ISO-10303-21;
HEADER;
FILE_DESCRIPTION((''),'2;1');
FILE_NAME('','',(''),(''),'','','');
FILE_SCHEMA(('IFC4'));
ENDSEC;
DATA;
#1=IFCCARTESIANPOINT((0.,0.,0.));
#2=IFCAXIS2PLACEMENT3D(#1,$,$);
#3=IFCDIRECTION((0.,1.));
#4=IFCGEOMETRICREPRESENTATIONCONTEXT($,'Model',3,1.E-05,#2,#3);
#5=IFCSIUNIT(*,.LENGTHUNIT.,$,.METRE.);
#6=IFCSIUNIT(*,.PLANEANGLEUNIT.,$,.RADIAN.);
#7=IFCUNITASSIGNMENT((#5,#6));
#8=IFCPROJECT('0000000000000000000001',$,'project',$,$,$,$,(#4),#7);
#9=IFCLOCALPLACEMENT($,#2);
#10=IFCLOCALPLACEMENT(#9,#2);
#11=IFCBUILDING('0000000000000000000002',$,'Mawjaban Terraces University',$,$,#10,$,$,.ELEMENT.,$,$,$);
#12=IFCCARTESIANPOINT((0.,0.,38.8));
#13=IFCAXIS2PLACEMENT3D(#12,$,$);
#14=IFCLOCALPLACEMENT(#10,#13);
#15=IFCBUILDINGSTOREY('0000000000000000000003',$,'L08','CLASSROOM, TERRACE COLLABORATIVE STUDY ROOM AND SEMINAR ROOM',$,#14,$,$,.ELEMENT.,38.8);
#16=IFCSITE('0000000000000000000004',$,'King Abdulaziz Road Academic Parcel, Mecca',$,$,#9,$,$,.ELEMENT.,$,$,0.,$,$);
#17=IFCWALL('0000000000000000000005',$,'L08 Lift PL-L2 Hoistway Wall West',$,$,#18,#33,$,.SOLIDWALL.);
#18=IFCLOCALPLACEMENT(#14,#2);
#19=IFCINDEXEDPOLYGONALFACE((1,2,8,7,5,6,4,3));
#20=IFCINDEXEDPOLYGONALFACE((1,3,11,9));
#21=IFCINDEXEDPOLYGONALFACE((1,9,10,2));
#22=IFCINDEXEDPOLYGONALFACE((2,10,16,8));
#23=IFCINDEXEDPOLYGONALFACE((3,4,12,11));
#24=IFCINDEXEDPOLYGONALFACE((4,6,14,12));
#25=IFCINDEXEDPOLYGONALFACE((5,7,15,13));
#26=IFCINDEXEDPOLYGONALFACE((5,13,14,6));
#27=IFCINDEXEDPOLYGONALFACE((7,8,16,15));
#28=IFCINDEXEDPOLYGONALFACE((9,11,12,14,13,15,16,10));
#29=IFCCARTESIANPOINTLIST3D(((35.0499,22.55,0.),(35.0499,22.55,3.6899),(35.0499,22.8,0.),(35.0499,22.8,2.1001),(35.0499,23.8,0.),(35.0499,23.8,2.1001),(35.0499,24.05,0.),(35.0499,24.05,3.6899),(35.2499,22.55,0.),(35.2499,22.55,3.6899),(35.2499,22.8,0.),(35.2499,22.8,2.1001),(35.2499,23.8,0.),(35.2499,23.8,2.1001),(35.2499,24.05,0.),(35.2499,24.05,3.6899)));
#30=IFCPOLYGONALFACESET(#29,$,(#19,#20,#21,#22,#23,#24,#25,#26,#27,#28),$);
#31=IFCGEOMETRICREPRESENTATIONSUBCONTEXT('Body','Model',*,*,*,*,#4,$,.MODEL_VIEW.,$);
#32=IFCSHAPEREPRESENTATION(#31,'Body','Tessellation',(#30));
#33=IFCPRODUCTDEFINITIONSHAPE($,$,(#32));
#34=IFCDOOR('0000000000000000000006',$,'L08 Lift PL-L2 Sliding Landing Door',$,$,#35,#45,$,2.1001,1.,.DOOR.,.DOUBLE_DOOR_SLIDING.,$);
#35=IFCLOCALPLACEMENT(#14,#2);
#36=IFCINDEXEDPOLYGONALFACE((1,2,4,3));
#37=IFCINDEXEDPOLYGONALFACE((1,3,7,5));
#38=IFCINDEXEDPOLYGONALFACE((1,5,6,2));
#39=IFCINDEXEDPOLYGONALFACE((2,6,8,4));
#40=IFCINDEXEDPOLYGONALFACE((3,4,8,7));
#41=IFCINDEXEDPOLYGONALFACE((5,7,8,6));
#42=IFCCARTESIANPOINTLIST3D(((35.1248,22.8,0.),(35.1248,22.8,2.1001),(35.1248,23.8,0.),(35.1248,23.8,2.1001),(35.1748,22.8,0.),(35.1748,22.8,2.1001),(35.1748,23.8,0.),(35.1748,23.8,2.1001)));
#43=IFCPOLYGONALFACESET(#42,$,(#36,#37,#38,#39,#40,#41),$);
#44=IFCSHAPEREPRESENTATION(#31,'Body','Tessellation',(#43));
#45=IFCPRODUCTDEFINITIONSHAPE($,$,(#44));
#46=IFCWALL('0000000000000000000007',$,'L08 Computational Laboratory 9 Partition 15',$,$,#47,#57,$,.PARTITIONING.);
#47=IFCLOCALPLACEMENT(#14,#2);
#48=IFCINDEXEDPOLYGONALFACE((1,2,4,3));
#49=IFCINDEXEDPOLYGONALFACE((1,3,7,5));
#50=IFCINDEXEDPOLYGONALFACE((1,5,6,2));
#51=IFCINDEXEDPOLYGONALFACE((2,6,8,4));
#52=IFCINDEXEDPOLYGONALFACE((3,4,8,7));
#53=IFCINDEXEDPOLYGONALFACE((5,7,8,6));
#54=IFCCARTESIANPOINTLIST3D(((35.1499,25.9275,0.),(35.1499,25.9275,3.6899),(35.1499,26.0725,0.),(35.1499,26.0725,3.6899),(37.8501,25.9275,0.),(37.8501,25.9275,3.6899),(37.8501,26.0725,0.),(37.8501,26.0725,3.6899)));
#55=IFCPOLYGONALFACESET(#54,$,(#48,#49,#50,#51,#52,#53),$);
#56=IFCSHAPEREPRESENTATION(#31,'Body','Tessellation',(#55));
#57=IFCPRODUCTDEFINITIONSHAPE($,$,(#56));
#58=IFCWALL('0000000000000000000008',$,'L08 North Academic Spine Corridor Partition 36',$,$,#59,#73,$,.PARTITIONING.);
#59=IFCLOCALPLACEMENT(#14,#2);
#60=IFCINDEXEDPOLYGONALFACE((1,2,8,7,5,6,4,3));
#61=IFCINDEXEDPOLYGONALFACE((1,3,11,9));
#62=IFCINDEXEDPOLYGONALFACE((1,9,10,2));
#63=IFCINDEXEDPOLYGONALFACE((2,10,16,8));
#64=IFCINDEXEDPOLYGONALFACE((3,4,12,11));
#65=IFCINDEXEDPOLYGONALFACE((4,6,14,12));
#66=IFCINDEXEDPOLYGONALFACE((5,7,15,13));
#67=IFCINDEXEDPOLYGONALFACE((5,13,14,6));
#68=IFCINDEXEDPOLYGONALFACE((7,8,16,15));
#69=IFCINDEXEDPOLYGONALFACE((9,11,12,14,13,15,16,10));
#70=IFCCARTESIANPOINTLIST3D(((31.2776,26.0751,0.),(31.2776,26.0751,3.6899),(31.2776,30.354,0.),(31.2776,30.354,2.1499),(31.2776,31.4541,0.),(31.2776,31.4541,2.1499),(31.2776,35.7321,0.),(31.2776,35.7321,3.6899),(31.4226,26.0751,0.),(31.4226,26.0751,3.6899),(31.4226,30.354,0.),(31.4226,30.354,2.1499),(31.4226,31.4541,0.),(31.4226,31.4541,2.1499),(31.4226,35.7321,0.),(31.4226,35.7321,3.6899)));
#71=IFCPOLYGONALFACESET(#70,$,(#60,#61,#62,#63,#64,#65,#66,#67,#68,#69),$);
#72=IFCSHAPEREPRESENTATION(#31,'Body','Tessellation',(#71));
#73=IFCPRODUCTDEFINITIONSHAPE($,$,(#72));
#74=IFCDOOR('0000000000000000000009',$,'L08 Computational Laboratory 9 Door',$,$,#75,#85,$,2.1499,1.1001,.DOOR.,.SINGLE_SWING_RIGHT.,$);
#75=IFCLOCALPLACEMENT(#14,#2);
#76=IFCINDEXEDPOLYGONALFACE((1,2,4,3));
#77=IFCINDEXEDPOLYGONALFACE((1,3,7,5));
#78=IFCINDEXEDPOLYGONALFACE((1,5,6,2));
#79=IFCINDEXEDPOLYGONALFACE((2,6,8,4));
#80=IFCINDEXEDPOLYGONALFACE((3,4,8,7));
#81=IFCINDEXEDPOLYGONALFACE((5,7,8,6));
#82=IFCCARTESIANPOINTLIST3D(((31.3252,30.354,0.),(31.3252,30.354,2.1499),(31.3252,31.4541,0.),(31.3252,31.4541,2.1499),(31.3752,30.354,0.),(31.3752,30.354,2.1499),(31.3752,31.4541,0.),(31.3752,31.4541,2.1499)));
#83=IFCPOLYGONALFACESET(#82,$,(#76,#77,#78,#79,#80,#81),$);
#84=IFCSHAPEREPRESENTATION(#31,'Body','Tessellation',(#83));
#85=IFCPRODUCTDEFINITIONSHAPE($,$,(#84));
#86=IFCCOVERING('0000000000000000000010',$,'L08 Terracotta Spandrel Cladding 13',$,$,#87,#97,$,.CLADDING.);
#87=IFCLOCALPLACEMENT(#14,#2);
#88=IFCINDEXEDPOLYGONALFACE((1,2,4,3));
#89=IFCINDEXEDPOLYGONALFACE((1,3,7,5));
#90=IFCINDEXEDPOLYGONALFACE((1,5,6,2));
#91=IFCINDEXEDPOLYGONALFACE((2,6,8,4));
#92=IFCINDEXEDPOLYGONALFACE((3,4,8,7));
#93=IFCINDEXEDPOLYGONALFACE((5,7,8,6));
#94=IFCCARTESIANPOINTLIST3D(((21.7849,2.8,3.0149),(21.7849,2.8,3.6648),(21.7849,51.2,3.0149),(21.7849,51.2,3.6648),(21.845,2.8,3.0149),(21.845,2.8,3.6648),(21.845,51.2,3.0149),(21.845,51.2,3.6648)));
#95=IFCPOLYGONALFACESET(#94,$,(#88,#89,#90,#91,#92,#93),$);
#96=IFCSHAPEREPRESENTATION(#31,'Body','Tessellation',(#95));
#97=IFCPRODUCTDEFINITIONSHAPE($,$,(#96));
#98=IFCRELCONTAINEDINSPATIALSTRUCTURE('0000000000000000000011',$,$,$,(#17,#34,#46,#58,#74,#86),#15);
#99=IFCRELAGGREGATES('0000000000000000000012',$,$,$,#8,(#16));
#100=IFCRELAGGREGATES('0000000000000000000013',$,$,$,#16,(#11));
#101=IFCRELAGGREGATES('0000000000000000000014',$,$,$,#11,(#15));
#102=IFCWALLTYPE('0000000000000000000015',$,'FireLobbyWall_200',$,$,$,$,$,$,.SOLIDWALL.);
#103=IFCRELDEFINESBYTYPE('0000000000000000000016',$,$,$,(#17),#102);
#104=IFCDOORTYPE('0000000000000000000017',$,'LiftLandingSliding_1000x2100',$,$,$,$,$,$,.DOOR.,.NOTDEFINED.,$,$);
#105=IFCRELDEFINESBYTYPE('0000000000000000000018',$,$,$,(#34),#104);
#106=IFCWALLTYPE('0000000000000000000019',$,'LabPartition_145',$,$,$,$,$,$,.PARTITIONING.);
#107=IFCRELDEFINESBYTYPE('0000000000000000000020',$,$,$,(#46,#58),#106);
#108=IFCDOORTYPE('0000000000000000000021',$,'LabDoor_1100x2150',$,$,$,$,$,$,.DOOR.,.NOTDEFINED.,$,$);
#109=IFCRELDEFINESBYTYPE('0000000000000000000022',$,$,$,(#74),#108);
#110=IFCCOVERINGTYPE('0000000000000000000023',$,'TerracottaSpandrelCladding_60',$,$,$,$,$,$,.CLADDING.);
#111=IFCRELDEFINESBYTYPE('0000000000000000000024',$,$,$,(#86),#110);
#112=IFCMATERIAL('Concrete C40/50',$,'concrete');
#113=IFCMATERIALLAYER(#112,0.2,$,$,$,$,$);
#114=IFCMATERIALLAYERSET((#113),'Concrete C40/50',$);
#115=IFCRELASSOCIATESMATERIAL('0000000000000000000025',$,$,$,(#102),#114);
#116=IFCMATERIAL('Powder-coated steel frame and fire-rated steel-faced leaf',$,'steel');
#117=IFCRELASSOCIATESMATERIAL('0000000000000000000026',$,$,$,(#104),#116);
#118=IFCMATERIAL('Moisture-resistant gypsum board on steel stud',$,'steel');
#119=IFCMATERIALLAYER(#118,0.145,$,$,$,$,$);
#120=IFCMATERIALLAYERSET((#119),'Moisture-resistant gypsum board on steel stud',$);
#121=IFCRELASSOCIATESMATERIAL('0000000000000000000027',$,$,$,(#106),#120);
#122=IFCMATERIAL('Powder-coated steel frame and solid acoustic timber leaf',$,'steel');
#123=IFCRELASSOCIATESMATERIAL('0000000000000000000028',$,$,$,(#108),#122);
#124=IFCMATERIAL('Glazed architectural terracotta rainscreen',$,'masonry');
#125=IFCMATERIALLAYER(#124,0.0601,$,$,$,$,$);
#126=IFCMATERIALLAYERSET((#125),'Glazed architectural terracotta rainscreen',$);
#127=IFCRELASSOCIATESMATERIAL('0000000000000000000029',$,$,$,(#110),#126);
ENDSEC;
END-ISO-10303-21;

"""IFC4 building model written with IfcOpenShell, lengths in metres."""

from ifc_helpers import new_model, si_unit, direction, frame, frame_2d, origin, origin_2d, place, context, subcontext, project, spatial, rectangle, extrude, material, layer, layer_set, type_object, element, fill, save


model = new_model("IFC4")

# Units and contexts
model_context = context("Model", 3, precision=1e-05, world=origin(), true_north=direction((0.0, 1.0)))
body_context = subcontext(model_context, "Body", "Model", "MODEL_VIEW")
ifc_project = project(units=[si_unit("LENGTHUNIT", "METRE"), si_unit("PLANEANGLEUNIT", "RADIAN")], contexts=[model_context])

# Site, building, storey
site_placement = place(None, origin())
site = spatial("IfcSite", under=ifc_project, at=site_placement, Name="King Abdulaziz Road Academic Parcel, Mecca", CompositionType="ELEMENT", RefElevation=0.0)
building_placement = place(site_placement, origin())
building = spatial("IfcBuilding", under=site, at=building_placement, Name="Mawjaban Terraces University", CompositionType="ELEMENT")
storey_placement = place(building_placement, frame((0.0, 0.0, 38.8)))
storey = spatial("IfcBuildingStorey", under=building, at=storey_placement, Name="L08", Description="CLASSROOM, TERRACE COLLABORATIVE STUDY ROOM AND SEMINAR ROOM", CompositionType="ELEMENT", Elevation=38.8)

# Shared definitions
ifc_material_1 = material(Name="Powder-coated steel frame and solid acoustic timber leaf", Category="steel")

# Wall, opening, door
ifc_material_2 = material(Name="Concrete C40/50", Category="concrete")
ifc_layer_1 = layer(ifc_material_2, 0.2)
ifc_layer_set_1 = layer_set([ifc_layer_1], Name="Concrete C40/50")
wall_type_1 = type_object("IfcWallType", Name="FireLobbyWall_200", PredefinedType="SOLIDWALL", material=ifc_layer_set_1)
wall_1_placement = place(storey_placement, frame((35.1499, 24.05, 0.0), z_axis=(0.0, 0.0, 1.0), x_axis=(0.0, -1.0, 0.0)))
wall_1 = element("IfcWall", 1, at=wall_1_placement, inside=storey, type_object=wall_type_1, Name="L08 Lift PL-L2 Hoistway Wall West", PredefinedType="SOLIDWALL", context=body_context, shape_type="SweptSolid", body=[
    extrude(rectangle(XDim=1.5, YDim=0.2, at=frame_2d((0.75, 0.0))), origin(), (0.0, 0.0, 1.0), 3.6899),
])
opening_1_placement = place(wall_1_placement, frame((0.25, 0.0, 0.0)))
opening_1 = element("IfcOpeningElement", 2, at=opening_1_placement, cuts=wall_1, PredefinedType="OPENING", context=body_context, shape_type="SweptSolid", body=[
    extrude(rectangle(XDim=1.0, YDim=2.1001, at=frame_2d((0.5, 1.05))), frame((0.0, 0.1099, 0.0), z_axis=(0.0, -1.0, 0.0), x_axis=(1.0, 0.0, 0.0)), (0.0, 0.0, 1.0), 0.22),
])
ifc_material_3 = material(Name="Powder-coated steel frame and fire-rated steel-faced leaf", Category="steel")
door_type_1 = type_object("IfcDoorType", Name="LiftLandingSliding_1000x2100", OperationType="NOTDEFINED", PredefinedType="DOOR", material=ifc_material_3)
door_1_placement = place(opening_1_placement, origin())
door_1 = element("IfcDoor", 3, at=door_1_placement, inside=storey, type_object=door_type_1, Name="L08 Lift PL-L2 Sliding Landing Door", OperationType="DOUBLE_DOOR_SLIDING", OverallHeight=2.1001, OverallWidth=1.0, PredefinedType="DOOR", context=body_context, shape_type="SweptSolid", body=[
    extrude(rectangle(XDim=1.0, YDim=2.1001, at=frame_2d((0.5, 1.05))), frame((0.0, 0.0249, 0.0), z_axis=(0.0, -1.0, 0.0), x_axis=(1.0, 0.0, 0.0)), (0.0, 0.0, 1.0), 0.05),
])
fill(opening_1, door_1)

# Wall
ifc_material_4 = material(Name="Moisture-resistant gypsum board on steel stud", Category="steel")
ifc_layer_2 = layer(ifc_material_4, 0.145)
ifc_layer_set_2 = layer_set([ifc_layer_2], Name="Moisture-resistant gypsum board on steel stud")
wall_type_2 = type_object("IfcWallType", Name="LabPartition_145", PredefinedType="PARTITIONING", material=ifc_layer_set_2)
wall_2_placement = place(storey_placement, frame((35.1499, 26.0, 0.0), z_axis=(0.0, 0.0, 1.0), x_axis=(1.0, 0.0, 0.0)))
element("IfcWall", 4, at=wall_2_placement, inside=storey, type_object=wall_type_2, Name="L08 Computational Laboratory 9 Partition 15", PredefinedType="PARTITIONING", context=body_context, shape_type="SweptSolid", body=[
    extrude(rectangle(XDim=2.7002, YDim=0.145, at=frame_2d((1.3501, 0.0))), origin(), (0.0, 0.0, 1.0), 3.6899),
])

# Wall, opening, door
wall_3_placement = place(storey_placement, frame((31.3501, 26.075, 0.0), z_axis=(0.0, 0.0, 1.0), x_axis=(0.0, 1.0, 0.0)))
wall_3 = element("IfcWall", 5, at=wall_3_placement, inside=storey, type_object=wall_type_2, Name="L08 North Academic Spine Corridor Partition 36", PredefinedType="PARTITIONING", context=body_context, shape_type="SweptSolid", body=[
    extrude(rectangle(XDim=9.657, YDim=0.145, at=frame_2d((4.8286, 0.0))), origin(), (0.0, 0.0, 1.0), 3.6899),
])
opening_2_placement = place(wall_3_placement, frame((4.2791, 0.0, 0.0)))
opening_2 = element("IfcOpeningElement", 6, at=opening_2_placement, cuts=wall_3, PredefinedType="OPENING", context=body_context, shape_type="SweptSolid", body=[
    extrude(rectangle(XDim=1.1001, YDim=2.1499, at=frame_2d((0.55, 1.075))), frame((0.0, 0.0825, 0.0), z_axis=(0.0, -1.0, 0.0), x_axis=(1.0, 0.0, 0.0)), (0.0, 0.0, 1.0), 0.165),
])
door_type_2 = type_object("IfcDoorType", Name="LabDoor_1100x2150", OperationType="NOTDEFINED", PredefinedType="DOOR", material=ifc_material_1)
door_2_placement = place(opening_2_placement, origin())
door_2 = element("IfcDoor", 7, at=door_2_placement, inside=storey, type_object=door_type_2, Name="L08 Computational Laboratory 9 Door", OperationType="SINGLE_SWING_RIGHT", OverallHeight=2.1499, OverallWidth=1.1001, PredefinedType="DOOR", context=body_context, shape_type="SweptSolid", body=[
    extrude(rectangle(XDim=1.1001, YDim=2.1499, at=frame_2d((0.55, 1.075))), frame((0.0, 0.0249, 0.0), z_axis=(0.0, -1.0, 0.0), x_axis=(1.0, 0.0, 0.0)), (0.0, 0.0, 1.0), 0.05),
])
fill(opening_2, door_2)

# Covering
ifc_material_5 = material(Name="Glazed architectural terracotta rainscreen", Category="masonry")
ifc_layer_3 = layer(ifc_material_5, 0.0601)
ifc_layer_set_3 = layer_set([ifc_layer_3], Name="Glazed architectural terracotta rainscreen")
covering_type = type_object("IfcCoveringType", Name="TerracottaSpandrelCladding_60", PredefinedType="CLADDING", material=ifc_layer_set_3)
covering_placement = place(storey_placement, frame((21.8149, 27.0, 3.0149), z_axis=(0.0, 0.0, 1.0), x_axis=(0.0, -1.0, 0.0)))
element("IfcCovering", 8, at=covering_placement, inside=storey, type_object=covering_type, Name="L08 Terracotta Spandrel Cladding 13", PredefinedType="CLADDING", context=body_context, shape_type="SweptSolid", body=[
    extrude(rectangle(XDim=48.3999, YDim=0.0601, at=origin_2d()), origin(), (0.0, 0.0, 1.0), 0.6499),
])

save(model, "model.ifc")
